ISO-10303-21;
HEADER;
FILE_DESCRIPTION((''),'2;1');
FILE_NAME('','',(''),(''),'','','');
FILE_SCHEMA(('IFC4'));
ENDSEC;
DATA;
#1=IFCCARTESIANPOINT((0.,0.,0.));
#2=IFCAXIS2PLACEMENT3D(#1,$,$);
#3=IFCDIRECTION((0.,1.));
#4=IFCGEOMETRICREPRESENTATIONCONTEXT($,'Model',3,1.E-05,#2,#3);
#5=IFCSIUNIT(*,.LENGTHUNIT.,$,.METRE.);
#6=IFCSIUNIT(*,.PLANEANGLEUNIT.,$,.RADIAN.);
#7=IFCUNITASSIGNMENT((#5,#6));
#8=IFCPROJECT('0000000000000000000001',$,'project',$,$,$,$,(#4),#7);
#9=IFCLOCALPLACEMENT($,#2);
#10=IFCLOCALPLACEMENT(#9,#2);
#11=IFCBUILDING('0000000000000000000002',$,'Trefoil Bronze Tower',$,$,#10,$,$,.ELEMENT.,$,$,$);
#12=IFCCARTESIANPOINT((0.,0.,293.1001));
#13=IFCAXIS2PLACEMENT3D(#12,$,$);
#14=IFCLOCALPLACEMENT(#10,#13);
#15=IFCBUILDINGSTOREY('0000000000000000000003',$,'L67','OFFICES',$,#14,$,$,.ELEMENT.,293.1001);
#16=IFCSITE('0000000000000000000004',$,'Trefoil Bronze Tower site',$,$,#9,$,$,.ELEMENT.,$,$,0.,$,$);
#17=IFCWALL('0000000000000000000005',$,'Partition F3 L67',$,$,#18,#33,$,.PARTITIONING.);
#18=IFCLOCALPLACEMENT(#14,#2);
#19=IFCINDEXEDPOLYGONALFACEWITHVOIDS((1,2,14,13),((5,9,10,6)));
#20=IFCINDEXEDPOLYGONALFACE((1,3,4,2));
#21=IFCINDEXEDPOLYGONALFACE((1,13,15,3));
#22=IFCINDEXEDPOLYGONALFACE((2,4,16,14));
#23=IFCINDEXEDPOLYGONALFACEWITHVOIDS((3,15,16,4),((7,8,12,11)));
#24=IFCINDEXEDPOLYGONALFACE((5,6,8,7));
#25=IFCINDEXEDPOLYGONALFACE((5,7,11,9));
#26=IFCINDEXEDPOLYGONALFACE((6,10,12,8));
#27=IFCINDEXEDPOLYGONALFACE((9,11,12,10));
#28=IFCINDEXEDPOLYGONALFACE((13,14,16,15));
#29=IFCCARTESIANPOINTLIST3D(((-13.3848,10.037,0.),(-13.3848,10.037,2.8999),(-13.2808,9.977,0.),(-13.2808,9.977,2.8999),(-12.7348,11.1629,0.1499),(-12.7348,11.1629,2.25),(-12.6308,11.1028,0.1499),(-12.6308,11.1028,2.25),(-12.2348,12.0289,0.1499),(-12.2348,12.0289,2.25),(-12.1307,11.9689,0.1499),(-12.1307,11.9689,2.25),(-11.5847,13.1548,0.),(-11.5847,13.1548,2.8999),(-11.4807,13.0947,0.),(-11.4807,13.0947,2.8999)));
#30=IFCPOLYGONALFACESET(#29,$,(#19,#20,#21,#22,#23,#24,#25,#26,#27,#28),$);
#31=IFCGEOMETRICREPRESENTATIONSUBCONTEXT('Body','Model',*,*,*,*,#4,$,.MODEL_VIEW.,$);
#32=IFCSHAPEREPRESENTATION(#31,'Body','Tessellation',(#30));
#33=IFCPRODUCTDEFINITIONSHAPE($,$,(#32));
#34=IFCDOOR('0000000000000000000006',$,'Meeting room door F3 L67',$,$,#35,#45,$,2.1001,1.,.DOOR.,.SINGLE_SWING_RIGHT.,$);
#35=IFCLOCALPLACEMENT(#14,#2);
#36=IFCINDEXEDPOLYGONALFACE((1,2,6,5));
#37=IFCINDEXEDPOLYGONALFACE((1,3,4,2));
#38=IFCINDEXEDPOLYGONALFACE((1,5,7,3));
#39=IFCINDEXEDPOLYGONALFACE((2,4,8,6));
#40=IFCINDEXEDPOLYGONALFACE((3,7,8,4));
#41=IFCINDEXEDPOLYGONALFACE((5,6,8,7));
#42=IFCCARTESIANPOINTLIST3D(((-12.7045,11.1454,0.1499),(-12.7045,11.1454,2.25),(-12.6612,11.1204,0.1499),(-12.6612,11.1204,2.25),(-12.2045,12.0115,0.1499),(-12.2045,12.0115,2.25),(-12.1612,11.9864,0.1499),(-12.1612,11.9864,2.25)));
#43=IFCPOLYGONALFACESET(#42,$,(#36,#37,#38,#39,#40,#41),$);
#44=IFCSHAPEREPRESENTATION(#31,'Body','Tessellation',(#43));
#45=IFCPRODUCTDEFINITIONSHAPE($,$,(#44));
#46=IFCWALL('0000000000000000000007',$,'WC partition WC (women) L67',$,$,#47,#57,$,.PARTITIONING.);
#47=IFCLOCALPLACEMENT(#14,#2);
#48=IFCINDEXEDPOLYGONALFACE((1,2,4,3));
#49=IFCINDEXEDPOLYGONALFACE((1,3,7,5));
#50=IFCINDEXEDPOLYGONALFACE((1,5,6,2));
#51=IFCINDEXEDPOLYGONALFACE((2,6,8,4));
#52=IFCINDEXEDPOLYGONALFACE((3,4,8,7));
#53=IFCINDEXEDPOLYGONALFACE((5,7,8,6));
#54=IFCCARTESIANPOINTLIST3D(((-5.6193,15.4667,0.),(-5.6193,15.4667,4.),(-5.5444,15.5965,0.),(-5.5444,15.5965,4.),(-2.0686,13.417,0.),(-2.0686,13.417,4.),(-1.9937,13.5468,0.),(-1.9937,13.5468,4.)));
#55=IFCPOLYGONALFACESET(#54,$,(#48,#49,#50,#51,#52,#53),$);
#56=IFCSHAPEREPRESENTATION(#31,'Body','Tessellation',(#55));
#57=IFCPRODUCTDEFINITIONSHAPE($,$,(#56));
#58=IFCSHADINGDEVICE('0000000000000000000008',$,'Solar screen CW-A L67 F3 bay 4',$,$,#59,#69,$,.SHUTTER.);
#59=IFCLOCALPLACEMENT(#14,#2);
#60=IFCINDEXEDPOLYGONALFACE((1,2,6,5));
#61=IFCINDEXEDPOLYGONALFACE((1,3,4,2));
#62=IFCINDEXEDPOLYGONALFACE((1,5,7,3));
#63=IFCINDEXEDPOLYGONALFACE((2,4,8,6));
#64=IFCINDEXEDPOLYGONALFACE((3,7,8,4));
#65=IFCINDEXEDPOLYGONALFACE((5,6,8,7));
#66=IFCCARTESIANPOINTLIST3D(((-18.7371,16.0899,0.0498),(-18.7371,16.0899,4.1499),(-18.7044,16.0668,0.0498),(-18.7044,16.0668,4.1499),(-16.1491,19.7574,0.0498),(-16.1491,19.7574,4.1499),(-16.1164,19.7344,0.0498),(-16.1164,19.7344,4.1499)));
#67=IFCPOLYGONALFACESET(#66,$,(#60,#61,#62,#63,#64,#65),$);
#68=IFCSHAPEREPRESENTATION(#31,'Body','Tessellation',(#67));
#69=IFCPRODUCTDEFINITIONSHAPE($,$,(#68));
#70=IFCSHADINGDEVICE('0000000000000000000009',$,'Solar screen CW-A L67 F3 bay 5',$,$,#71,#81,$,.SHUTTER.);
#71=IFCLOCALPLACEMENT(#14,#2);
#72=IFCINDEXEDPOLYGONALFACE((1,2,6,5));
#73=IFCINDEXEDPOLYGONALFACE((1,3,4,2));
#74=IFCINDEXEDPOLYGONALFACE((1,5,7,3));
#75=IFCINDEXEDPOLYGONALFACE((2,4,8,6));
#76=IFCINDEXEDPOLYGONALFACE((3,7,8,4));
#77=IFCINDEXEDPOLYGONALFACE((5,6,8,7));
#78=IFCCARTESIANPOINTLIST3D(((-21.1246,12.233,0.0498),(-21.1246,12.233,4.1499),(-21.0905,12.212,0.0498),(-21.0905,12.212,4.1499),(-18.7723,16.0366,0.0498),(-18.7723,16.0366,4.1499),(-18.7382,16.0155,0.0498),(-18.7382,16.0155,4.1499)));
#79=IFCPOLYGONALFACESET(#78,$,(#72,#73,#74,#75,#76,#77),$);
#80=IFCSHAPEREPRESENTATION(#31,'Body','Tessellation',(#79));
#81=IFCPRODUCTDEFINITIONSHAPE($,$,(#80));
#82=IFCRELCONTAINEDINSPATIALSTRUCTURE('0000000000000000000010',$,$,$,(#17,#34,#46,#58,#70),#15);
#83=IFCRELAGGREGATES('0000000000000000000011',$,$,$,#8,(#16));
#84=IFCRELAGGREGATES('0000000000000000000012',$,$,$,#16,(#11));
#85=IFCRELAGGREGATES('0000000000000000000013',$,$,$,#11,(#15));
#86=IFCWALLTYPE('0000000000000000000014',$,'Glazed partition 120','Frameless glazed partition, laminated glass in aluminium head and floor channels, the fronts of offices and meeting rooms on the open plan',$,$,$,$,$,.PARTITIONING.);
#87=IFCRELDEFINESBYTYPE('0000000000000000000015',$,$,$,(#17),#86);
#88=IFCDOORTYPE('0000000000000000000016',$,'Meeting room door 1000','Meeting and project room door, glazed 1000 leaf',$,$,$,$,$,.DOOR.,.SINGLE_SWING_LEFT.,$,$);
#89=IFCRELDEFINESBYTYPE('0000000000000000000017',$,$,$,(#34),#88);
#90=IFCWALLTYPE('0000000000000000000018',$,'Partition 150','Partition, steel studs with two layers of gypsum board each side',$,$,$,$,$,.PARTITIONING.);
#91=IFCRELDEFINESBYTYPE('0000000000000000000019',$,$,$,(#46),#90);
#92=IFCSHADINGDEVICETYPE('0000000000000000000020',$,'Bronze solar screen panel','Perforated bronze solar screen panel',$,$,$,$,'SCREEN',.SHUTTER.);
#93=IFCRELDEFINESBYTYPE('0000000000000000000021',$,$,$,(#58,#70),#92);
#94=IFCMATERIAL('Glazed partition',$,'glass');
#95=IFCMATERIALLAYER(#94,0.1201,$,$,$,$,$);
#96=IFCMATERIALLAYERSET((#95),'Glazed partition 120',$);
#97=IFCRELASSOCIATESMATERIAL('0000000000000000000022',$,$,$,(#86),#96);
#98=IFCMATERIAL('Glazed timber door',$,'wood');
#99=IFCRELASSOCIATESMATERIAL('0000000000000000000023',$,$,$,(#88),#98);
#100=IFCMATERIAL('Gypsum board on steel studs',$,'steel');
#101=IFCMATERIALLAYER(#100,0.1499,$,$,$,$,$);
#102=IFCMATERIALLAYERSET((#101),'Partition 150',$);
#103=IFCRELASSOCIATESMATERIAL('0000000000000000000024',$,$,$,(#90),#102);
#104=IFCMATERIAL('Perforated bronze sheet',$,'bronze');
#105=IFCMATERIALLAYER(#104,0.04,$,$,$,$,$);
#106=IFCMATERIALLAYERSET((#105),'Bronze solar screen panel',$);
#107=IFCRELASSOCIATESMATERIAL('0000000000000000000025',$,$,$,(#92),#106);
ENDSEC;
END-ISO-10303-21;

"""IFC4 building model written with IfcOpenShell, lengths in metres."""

from ifc_helpers import new_model, si_unit, direction, frame, frame_2d, origin, origin_2d, place, context, subcontext, project, spatial, rectangle, extrude, material, layer, layer_set, type_object, element, fill, save


model = new_model("IFC4")

# Units and contexts
model_context = context("Model", 3, precision=1e-05, world=origin(), true_north=direction((0.0, 1.0)))
body_context = subcontext(model_context, "Body", "Model", "MODEL_VIEW")
ifc_project = project(units=[si_unit("LENGTHUNIT", "METRE"), si_unit("PLANEANGLEUNIT", "RADIAN")], contexts=[model_context])

# Site, building, storey
site_placement = place(None, origin())
site = spatial("IfcSite", under=ifc_project, at=site_placement, Name="Trefoil Bronze Tower site", CompositionType="ELEMENT", RefElevation=0.0)
building_placement = place(site_placement, origin())
building = spatial("IfcBuilding", under=site, at=building_placement, Name="Trefoil Bronze Tower", CompositionType="ELEMENT")
storey_placement = place(building_placement, frame((0.0, 0.0, 293.1001)))
storey = spatial("IfcBuildingStorey", under=building, at=storey_placement, Name="L67", Description="OFFICES", CompositionType="ELEMENT", Elevation=293.1001)

# Wall, opening, door
ifc_material_1 = material(Name="Glazed partition", Category="glass")
ifc_layer_1 = layer(ifc_material_1, 0.1201)
ifc_layer_set_1 = layer_set([ifc_layer_1], Name="Glazed partition 120")
wall_type_1 = type_object("IfcWallType", Name="Glazed partition 120", Description="Frameless glazed partition, laminated glass in aluminium head and floor channels, the fronts of offices and meeting rooms on the open plan", PredefinedType="PARTITIONING", material=ifc_layer_set_1)
wall_1_placement = place(storey_placement, frame((-11.5327, 13.1248, 0.0), z_axis=(0.0, 0.0, 1.0), x_axis=(-0.500012, -0.866018, 0.0)))
wall_1 = element("IfcWall", 1, at=wall_1_placement, inside=storey, type_object=wall_type_1, Name="Partition F3 L67", PredefinedType="PARTITIONING", context=body_context, shape_type="SweptSolid", body=[
    extrude(rectangle(XDim=3.6001, YDim=0.1201, at=frame_2d((1.8, 0.0))), origin(), (0.0, 0.0, 1.0), 2.8999),
])
opening_1_placement = place(wall_1_placement, frame((1.3, 0.0, 0.1499)))
opening_1 = element("IfcOpeningElement", 2, at=opening_1_placement, cuts=wall_1, PredefinedType="OPENING", context=body_context, shape_type="SweptSolid", body=[
    extrude(rectangle(XDim=1.0, YDim=2.1001, at=frame_2d((0.5, 1.05))), frame((0.0, 0.0701, 0.0), z_axis=(0.0, -1.0, 0.0), x_axis=(1.0, 0.0, 0.0)), (0.0, 0.0, 1.0), 0.1401),
])
ifc_material_2 = material(Name="Glazed timber door", Category="wood")
door_type_1 = type_object("IfcDoorType", Name="Meeting room door 1000", Description="Meeting and project room door, glazed 1000 leaf", OperationType="SINGLE_SWING_LEFT", PredefinedType="DOOR", material=ifc_material_2)
door_1_placement = place(opening_1_placement, origin())
door_1 = element("IfcDoor", 3, at=door_1_placement, inside=storey, type_object=door_type_1, Name="Meeting room door F3 L67", OperationType="SINGLE_SWING_RIGHT", OverallHeight=2.1001, OverallWidth=1.0, PredefinedType="DOOR", context=body_context, shape_type="SweptSolid", body=[
    extrude(rectangle(XDim=1.0, YDim=2.1001, at=frame_2d((0.5, 1.05))), frame((0.0, 0.0249, 0.0), z_axis=(0.0, -1.0, 0.0), x_axis=(1.0, 0.0, 0.0)), (0.0, 0.0, 1.0), 0.05),
])
fill(opening_1, door_1)

# Wall
ifc_material_3 = material(Name="Gypsum board on steel studs", Category="steel")
ifc_layer_2 = layer(ifc_material_3, 0.1499)
ifc_layer_set_2 = layer_set([ifc_layer_2], Name="Partition 150")
wall_type_2 = type_object("IfcWallType", Name="Partition 150", Description="Partition, steel studs with two layers of gypsum board each side", PredefinedType="PARTITIONING", material=ifc_layer_set_2)
wall_2_placement = place(storey_placement, frame((-2.0312, 13.4819, 0.0), z_axis=(0.0, 0.0, 1.0), x_axis=(-0.866051, 0.499956, 0.0)))
element("IfcWall", 4, at=wall_2_placement, inside=storey, type_object=wall_type_2, Name="WC partition WC (women) L67", PredefinedType="PARTITIONING", context=body_context, shape_type="SweptSolid", body=[
    extrude(rectangle(XDim=4.0999, YDim=0.1499, at=frame_2d((2.0498, 0.0))), origin(), (0.0, 0.0, 1.0), 4.0),
])

# Shading devices
ifc_material_4 = material(Name="Perforated bronze sheet", Category="bronze")
ifc_layer_3 = layer(ifc_material_4, 0.04)
ifc_layer_set_3 = layer_set([ifc_layer_3], Name="Bronze solar screen panel")
shading_device_type = type_object("IfcShadingDeviceType", Name="Bronze solar screen panel", Description="Perforated bronze solar screen panel", ElementType="SCREEN", PredefinedType="SHUTTER", material=ifc_layer_set_3)
shading_device_1_placement = place(storey_placement, frame((-17.4268, 17.9121, 0.0498), z_axis=(0.0, 0.0, 1.0), x_axis=(-0.576561, -0.817054, 0.0)))
element("IfcShadingDevice", 5, at=shading_device_1_placement, inside=storey, type_object=shading_device_type, Name="Solar screen CW-A L67 F3 bay 4", PredefinedType="SHUTTER", context=body_context, shape_type="SweptSolid", body=[
    extrude(rectangle(XDim=4.4888, YDim=0.04, at=origin_2d()), origin(), (0.0, 0.0, 1.0), 4.1001),
])
shading_device_2_placement = place(storey_placement, frame((-19.9314, 14.1243, 0.0498), z_axis=(0.0, 0.0, 1.0), x_axis=(-0.52598, -0.850497, 0.0)))
element("IfcShadingDevice", 6, at=shading_device_2_placement, inside=storey, type_object=shading_device_type, Name="Solar screen CW-A L67 F3 bay 5", PredefinedType="SHUTTER", context=body_context, shape_type="SweptSolid", body=[
    extrude(rectangle(XDim=4.4722, YDim=0.04, at=origin_2d()), origin(), (0.0, 0.0, 1.0), 4.1001),
])

save(model, "model.ifc")
